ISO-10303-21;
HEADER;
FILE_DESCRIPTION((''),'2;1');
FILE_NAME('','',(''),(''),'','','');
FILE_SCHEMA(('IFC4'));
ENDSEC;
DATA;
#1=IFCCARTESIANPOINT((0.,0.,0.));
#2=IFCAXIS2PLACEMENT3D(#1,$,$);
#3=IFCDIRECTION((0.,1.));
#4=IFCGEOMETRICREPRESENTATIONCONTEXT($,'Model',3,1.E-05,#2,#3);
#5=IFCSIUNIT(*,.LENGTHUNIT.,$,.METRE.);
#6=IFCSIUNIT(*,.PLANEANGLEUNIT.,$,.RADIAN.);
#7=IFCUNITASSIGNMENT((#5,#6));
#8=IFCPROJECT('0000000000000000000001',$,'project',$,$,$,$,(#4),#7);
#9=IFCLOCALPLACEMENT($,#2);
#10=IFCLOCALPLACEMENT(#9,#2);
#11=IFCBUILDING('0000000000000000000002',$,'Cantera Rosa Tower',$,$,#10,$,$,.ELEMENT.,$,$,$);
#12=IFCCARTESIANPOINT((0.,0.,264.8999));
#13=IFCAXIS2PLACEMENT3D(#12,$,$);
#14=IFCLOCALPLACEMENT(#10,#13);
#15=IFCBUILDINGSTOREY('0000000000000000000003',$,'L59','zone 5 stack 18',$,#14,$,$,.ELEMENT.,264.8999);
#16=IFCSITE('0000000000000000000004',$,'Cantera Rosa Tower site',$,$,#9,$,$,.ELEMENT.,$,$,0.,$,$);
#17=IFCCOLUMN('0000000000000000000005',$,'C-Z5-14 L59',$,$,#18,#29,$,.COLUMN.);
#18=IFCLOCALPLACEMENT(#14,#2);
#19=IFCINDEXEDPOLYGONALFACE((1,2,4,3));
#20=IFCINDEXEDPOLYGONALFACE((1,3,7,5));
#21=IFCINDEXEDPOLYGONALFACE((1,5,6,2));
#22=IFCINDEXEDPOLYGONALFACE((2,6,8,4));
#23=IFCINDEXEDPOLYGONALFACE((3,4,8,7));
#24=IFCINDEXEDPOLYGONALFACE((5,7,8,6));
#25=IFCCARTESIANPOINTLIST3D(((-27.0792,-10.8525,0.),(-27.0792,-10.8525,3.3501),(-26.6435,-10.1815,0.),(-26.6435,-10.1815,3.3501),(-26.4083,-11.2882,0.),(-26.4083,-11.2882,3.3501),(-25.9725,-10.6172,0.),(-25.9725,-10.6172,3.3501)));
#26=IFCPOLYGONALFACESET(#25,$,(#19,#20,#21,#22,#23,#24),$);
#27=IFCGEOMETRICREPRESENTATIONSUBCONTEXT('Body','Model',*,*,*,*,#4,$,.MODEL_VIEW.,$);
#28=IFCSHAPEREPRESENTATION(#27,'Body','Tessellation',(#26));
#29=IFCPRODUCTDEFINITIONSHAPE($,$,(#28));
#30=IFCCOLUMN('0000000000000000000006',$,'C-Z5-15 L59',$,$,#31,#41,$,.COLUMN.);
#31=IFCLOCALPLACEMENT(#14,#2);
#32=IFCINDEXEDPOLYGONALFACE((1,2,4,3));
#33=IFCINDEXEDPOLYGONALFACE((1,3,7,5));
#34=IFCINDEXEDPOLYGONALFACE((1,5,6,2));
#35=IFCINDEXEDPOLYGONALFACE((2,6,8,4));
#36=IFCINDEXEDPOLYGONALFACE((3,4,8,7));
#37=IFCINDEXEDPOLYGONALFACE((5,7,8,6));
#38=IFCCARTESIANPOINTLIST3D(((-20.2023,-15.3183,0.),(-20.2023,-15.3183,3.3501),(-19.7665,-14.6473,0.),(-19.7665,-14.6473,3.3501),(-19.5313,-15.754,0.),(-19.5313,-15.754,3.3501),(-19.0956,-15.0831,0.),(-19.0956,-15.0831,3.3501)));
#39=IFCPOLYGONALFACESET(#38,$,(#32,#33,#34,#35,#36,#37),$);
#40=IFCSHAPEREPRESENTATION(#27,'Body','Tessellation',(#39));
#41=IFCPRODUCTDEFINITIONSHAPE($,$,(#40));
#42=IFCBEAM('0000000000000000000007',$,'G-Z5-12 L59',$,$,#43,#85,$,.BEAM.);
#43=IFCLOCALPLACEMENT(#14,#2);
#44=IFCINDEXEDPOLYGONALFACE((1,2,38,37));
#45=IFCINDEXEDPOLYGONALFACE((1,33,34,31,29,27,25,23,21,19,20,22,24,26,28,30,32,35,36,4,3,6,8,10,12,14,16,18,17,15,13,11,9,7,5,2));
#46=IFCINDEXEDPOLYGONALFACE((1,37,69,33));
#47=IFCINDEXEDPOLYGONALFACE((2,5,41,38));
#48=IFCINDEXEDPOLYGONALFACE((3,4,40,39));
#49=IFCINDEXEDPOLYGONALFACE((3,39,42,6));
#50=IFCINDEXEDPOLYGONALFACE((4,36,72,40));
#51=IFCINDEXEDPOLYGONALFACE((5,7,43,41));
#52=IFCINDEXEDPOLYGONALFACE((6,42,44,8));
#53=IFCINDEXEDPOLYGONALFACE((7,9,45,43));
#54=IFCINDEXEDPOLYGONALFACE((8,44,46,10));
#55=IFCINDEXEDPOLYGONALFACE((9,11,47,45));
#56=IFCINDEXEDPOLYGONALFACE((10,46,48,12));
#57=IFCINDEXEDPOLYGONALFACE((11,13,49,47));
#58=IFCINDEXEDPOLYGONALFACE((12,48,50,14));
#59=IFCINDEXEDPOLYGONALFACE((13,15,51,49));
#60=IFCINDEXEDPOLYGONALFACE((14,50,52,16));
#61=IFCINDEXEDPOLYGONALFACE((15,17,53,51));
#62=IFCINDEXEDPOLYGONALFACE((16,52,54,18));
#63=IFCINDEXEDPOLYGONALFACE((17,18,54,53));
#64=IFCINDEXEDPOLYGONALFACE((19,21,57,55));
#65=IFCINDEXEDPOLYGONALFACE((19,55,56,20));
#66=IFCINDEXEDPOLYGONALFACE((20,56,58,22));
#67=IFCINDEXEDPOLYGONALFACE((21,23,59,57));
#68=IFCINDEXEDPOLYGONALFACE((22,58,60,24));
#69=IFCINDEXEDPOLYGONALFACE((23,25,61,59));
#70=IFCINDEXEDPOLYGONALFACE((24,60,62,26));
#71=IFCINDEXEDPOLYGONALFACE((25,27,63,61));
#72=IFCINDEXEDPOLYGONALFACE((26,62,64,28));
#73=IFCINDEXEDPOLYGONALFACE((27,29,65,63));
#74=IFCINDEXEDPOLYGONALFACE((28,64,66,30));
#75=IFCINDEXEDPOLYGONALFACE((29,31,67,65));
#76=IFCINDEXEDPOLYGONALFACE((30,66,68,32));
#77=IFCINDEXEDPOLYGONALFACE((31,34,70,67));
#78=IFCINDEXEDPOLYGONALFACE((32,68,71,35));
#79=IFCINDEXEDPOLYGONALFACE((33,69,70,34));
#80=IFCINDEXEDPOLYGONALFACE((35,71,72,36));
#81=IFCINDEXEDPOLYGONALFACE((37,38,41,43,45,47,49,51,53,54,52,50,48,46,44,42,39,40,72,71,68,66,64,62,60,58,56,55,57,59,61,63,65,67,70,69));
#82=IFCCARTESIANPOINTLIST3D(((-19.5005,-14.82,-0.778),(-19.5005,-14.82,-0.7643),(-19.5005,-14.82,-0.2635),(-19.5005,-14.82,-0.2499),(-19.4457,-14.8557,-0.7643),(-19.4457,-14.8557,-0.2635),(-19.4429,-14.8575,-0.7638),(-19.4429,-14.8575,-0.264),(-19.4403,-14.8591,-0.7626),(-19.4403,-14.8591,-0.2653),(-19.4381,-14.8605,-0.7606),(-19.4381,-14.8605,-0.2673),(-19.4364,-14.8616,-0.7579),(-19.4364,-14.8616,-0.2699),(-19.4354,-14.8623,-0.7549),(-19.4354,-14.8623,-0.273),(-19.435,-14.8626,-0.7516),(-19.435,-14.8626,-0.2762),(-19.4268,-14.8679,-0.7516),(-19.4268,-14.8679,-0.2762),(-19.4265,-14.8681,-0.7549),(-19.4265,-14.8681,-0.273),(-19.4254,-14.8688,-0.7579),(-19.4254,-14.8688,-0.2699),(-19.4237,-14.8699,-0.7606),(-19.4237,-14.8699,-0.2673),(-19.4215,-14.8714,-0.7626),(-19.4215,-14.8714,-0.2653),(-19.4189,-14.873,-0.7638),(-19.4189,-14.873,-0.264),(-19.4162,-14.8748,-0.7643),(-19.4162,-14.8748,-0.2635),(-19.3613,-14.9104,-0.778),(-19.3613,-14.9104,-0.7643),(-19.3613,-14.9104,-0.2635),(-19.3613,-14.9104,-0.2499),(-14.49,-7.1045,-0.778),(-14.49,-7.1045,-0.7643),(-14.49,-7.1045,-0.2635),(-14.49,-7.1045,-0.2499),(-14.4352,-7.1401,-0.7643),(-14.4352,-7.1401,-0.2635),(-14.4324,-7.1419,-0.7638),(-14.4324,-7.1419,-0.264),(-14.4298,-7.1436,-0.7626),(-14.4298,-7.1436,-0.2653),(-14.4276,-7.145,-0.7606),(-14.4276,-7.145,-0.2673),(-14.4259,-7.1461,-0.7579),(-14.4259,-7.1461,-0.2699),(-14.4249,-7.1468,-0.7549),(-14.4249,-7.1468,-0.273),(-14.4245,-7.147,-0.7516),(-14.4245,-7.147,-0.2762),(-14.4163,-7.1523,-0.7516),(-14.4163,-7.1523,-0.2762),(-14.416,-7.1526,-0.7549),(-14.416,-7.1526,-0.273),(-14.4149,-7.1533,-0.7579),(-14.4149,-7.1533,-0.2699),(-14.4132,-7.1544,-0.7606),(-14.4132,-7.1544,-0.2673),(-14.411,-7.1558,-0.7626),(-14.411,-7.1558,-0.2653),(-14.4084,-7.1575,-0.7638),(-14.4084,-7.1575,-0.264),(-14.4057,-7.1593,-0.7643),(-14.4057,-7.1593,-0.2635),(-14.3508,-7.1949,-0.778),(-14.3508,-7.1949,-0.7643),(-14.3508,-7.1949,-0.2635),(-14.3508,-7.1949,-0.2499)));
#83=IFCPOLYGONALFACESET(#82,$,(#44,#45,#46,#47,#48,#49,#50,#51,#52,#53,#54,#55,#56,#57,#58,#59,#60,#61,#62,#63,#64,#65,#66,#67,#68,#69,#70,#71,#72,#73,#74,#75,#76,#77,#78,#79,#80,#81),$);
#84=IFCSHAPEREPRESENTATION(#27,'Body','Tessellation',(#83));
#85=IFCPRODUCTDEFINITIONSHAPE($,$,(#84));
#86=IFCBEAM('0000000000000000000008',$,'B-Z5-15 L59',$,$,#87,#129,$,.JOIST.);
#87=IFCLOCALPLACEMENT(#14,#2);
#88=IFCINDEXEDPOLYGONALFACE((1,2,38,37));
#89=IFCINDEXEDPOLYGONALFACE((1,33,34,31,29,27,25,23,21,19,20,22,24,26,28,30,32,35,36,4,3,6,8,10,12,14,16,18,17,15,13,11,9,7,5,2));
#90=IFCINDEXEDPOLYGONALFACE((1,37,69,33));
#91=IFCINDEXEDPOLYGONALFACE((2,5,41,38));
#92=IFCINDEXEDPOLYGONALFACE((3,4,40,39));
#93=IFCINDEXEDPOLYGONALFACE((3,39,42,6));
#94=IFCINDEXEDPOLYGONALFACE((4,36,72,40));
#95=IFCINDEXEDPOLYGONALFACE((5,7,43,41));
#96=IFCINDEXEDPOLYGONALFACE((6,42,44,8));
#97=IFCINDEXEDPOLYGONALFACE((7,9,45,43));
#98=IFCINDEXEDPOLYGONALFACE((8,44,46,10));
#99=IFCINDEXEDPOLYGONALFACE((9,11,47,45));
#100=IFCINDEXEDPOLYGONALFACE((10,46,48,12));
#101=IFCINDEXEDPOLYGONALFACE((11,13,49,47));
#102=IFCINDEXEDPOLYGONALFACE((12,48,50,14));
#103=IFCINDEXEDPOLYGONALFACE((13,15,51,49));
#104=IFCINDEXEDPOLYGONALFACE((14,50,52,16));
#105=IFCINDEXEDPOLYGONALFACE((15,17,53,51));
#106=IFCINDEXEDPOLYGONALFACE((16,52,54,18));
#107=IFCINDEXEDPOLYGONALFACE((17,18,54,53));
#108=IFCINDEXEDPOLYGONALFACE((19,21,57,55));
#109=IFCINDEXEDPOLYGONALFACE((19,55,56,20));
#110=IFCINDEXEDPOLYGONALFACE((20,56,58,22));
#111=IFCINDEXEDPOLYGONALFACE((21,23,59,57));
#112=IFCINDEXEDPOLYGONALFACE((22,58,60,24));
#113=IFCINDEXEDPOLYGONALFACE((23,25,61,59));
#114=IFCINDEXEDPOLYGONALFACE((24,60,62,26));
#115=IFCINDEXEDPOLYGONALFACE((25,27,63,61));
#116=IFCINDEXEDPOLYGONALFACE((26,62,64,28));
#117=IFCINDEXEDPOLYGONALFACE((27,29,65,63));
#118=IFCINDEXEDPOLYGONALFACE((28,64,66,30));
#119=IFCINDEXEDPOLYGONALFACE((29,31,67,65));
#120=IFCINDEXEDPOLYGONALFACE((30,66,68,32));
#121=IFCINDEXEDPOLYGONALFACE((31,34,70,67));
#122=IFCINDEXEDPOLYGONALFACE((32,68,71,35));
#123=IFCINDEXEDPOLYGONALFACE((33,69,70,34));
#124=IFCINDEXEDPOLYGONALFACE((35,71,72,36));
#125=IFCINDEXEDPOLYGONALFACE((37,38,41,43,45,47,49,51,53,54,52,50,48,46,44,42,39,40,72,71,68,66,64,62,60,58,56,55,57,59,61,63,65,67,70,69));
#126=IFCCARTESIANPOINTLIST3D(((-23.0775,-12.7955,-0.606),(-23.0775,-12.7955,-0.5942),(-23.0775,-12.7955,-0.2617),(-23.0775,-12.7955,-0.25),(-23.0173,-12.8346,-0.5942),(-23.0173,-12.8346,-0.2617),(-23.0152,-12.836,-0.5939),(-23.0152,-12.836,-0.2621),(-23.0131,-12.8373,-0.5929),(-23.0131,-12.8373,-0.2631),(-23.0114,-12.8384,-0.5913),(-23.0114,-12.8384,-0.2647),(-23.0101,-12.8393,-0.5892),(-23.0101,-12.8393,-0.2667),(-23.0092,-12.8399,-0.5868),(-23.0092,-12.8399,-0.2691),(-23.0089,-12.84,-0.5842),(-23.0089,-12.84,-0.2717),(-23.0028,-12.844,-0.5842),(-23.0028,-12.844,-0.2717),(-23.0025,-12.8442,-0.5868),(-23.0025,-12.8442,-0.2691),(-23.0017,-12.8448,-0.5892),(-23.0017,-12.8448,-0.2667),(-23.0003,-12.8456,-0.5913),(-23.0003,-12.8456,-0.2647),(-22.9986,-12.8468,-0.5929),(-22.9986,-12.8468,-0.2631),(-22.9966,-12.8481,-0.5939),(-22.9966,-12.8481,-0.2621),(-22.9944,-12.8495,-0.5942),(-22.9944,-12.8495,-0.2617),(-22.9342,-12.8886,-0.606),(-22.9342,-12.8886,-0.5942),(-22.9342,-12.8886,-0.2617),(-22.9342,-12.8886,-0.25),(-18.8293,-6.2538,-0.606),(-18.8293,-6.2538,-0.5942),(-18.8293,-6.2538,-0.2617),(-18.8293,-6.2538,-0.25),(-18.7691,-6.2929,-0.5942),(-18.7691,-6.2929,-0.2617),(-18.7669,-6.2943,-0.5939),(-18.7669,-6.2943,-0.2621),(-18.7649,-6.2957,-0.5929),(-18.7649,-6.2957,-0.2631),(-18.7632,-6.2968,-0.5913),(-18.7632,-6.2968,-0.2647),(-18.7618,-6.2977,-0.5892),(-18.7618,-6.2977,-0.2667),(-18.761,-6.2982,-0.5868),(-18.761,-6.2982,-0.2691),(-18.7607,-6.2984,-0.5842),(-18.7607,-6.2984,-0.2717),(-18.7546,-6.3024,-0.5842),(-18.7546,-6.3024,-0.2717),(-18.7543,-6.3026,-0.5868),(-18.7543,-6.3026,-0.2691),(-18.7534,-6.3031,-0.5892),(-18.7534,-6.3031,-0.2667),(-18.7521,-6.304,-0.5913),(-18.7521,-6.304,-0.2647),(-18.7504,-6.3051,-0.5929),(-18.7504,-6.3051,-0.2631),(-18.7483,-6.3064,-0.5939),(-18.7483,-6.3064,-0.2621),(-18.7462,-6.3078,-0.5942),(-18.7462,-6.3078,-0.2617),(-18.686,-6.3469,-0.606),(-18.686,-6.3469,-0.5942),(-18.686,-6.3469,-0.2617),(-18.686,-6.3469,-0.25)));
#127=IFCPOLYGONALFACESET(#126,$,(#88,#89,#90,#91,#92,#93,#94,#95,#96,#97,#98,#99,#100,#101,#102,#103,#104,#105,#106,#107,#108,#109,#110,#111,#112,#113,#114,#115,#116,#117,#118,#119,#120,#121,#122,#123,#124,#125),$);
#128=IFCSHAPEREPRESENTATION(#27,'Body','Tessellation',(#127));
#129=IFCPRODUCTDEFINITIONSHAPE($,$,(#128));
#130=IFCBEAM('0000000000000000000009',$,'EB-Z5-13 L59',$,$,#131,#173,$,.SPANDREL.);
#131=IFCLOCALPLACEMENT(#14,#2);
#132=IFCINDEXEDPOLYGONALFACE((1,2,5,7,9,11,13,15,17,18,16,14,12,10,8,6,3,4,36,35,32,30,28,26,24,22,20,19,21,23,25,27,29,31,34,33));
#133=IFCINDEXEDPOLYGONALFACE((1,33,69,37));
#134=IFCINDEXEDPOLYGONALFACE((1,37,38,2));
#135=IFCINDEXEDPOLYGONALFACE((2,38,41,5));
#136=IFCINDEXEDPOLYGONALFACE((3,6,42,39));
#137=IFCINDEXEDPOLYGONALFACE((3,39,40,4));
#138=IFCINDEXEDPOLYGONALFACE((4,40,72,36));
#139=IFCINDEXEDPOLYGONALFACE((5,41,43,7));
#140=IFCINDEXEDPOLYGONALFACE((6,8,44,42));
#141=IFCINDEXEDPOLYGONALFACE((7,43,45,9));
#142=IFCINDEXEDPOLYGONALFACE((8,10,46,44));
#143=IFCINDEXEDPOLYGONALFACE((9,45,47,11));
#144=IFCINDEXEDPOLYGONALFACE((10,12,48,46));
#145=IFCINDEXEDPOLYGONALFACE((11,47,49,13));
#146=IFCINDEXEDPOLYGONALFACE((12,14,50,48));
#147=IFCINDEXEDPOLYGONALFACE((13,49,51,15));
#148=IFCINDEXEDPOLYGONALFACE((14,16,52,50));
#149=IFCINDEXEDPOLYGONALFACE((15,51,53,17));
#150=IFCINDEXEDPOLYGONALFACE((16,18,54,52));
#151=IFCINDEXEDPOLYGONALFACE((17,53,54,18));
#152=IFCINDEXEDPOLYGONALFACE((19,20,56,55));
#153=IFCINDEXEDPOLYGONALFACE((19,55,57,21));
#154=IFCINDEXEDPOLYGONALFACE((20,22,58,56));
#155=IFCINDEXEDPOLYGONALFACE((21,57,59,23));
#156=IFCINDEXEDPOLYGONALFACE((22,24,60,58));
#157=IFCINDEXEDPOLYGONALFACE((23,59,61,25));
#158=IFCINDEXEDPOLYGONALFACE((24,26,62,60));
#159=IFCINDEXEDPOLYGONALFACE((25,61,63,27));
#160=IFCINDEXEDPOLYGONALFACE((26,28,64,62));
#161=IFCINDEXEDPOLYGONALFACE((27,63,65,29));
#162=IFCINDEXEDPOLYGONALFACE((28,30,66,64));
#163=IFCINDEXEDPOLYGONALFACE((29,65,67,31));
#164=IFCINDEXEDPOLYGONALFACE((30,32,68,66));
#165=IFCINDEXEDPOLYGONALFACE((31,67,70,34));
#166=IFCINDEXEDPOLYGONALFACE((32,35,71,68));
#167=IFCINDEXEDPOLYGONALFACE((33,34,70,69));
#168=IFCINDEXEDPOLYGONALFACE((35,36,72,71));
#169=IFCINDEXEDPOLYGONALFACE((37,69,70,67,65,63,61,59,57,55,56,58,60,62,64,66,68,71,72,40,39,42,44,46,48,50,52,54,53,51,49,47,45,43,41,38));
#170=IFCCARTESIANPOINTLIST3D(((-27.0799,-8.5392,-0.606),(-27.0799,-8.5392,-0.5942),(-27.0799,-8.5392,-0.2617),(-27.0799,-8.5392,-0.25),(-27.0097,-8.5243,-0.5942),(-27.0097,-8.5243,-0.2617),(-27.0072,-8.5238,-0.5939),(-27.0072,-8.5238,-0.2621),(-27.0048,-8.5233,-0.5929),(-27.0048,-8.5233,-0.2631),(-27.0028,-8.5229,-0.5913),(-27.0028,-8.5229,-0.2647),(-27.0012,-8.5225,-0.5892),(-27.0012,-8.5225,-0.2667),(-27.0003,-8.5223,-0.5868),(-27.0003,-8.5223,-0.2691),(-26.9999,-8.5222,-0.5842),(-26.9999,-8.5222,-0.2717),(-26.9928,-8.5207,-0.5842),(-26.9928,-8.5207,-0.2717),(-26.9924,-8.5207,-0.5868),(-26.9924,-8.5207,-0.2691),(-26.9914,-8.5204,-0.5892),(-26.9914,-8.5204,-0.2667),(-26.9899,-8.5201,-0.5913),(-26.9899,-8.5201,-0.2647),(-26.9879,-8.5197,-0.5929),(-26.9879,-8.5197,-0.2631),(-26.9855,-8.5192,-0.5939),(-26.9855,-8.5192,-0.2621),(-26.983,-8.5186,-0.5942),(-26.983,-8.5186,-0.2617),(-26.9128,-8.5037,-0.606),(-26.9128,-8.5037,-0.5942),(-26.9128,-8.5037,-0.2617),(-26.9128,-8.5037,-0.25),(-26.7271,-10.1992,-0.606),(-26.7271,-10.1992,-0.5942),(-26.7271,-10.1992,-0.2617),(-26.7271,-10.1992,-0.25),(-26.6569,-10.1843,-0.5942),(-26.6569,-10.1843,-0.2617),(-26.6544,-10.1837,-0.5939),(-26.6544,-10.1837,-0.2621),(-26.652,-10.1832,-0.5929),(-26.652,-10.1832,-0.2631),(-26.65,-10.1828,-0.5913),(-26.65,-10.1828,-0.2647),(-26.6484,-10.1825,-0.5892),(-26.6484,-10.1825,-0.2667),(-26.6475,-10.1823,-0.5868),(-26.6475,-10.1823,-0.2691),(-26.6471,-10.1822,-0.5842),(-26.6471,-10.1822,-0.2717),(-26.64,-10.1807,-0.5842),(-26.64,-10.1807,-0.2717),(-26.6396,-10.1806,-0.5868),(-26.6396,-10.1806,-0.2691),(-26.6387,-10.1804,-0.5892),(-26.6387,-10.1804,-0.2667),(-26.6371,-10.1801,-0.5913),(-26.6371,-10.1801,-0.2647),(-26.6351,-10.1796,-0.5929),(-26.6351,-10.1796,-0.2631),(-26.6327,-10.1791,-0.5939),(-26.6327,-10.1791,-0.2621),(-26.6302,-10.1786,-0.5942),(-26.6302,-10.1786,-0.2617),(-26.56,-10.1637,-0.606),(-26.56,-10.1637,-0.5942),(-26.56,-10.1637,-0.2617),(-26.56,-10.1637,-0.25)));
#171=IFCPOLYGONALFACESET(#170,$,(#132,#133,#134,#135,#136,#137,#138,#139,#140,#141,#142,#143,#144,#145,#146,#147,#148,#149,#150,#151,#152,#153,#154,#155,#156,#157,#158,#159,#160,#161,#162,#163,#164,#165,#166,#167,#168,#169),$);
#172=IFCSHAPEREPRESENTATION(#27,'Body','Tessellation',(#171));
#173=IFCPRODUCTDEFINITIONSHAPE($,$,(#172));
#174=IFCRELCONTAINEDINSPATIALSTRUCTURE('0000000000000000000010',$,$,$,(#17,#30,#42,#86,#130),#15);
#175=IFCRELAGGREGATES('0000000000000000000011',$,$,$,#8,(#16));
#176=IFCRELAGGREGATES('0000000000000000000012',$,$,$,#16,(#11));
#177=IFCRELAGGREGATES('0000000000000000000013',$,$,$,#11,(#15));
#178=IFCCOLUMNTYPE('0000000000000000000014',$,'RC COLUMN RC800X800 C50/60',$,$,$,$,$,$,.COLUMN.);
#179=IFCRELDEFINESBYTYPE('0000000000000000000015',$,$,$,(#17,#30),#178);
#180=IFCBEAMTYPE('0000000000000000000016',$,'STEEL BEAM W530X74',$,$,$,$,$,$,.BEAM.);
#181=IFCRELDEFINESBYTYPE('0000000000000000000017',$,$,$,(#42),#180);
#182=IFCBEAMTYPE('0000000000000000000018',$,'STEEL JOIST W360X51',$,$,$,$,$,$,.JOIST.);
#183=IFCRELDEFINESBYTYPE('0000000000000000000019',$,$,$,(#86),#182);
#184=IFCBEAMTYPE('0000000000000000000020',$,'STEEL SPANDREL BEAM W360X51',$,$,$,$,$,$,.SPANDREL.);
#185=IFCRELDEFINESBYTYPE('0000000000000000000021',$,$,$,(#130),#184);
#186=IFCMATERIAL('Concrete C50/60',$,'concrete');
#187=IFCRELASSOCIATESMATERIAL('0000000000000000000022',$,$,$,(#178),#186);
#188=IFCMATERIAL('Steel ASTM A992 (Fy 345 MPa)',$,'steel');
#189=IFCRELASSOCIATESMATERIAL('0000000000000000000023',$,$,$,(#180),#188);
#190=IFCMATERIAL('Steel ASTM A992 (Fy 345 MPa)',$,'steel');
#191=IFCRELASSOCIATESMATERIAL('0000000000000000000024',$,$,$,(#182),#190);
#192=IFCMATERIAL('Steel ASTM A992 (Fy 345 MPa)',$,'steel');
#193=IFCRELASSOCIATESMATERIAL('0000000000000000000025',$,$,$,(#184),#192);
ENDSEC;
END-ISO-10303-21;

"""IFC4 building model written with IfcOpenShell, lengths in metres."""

from ifc_helpers import new_model, si_unit, direction, frame, origin, origin_2d, place, context, subcontext, project, spatial, rectangle, i_section, extrude, material, material_profile, profile_set, type_object, element, save


model = new_model("IFC4")

# Units and contexts
model_context = context("Model", 3, precision=1e-05, world=origin(), true_north=direction((0.0, 1.0)))
body_context = subcontext(model_context, "Body", "Model", "MODEL_VIEW")
ifc_project = project(units=[si_unit("LENGTHUNIT", "METRE"), si_unit("PLANEANGLEUNIT", "RADIAN")], contexts=[model_context])

# Site, building, storey
site_placement = place(None, origin())
site = spatial("IfcSite", under=ifc_project, at=site_placement, Name="Cantera Rosa Tower site", CompositionType="ELEMENT", RefElevation=0.0)
building_placement = place(site_placement, origin())
building = spatial("IfcBuilding", under=site, at=building_placement, Name="Cantera Rosa Tower", CompositionType="ELEMENT")
storey_placement = place(building_placement, frame((0.0, 0.0, 264.8999)))
storey = spatial("IfcBuildingStorey", under=building, at=storey_placement, Name="L59", Description="zone 5 stack 18", CompositionType="ELEMENT", Elevation=264.8999)

# Columns
ifc_material_1 = material(Name="Concrete C50/60", Category="concrete")
ifc_material_profile_1 = material_profile(ifc_material_1, rectangle(XDim=0.8, YDim=0.8, at=origin_2d()), Name="RC COLUMN RC800X800 C50/60")
ifc_profile_set_1 = profile_set([ifc_material_profile_1], Name="Concrete C50/60")
column_type = type_object("IfcColumnType", Name="RC COLUMN RC800X800 C50/60", PredefinedType="COLUMN", material=ifc_profile_set_1)
for number, where, z_axis, x_axis, name in (
    (1, (-26.5259, -10.7349, 0.0), (0.0, 0.0, 1.0), (0.544639, 0.838671, 0.0), "C-Z5-14 L59"),
    (2, (-19.6489, -15.2007, 0.0), (0.0, 0.0, 1.0), (0.544639, 0.838671, 0.0), "C-Z5-15 L59"),
):
    element("IfcColumn", number, at=place(storey_placement, frame(where, z_axis=z_axis, x_axis=x_axis)), inside=storey, type_object=column_type, Name=name, PredefinedType="COLUMN", context=body_context, shape_type="SweptSolid", body=[
        extrude(rectangle(XDim=0.8, YDim=0.8, at=origin_2d()), origin(), (0.0, 0.0, 1.0), 3.3501),
    ])

# Beams
ifc_material_2 = material(Name="Steel ASTM A992 (Fy 345 MPa)", Category="steel")
ifc_material_profile_2 = material_profile(ifc_material_2, i_section(OverallWidth=0.166, OverallDepth=0.5281, WebThickness=0.0098, FlangeThickness=0.0137, FilletRadius=0.0127, at=origin_2d()), Name="W530X74")
ifc_profile_set_2 = profile_set([ifc_material_profile_2], Name="Steel ASTM A992 (Fy 345 MPa)")
beam_type_1 = type_object("IfcBeamType", Name="STEEL BEAM W530X74", PredefinedType="BEAM", material=ifc_profile_set_2)
beam_1_placement = place(storey_placement, frame((-19.4309, -14.8652, -0.5139), z_axis=(0.544635, 0.838673, 0.0), x_axis=(-0.838673, 0.544635, 0.0)))
element("IfcBeam", 3, at=beam_1_placement, inside=storey, type_object=beam_type_1, Name="G-Z5-12 L59", PredefinedType="BEAM", context=body_context, shape_type="SweptSolid", body=[
    extrude(i_section(OverallWidth=0.166, OverallDepth=0.5281, WebThickness=0.0098, FlangeThickness=0.0137, FilletRadius=0.0127, at=origin_2d()), origin(), (0.0, 0.0, 1.0), 9.1997),
])
ifc_material_3 = material(Name="Steel ASTM A992 (Fy 345 MPa)", Category="steel")
ifc_material_profile_3 = material_profile(ifc_material_3, i_section(OverallWidth=0.1709, OverallDepth=0.356, WebThickness=0.0073, FlangeThickness=0.0117, FilletRadius=0.01, at=origin_2d()), Name="W360X51")
ifc_profile_set_3 = profile_set([ifc_material_profile_3], Name="Steel ASTM A992 (Fy 345 MPa)")
beam_type_2 = type_object("IfcBeamType", Name="STEEL JOIST W360X51", PredefinedType="JOIST", material=ifc_profile_set_3)
beam_2_placement = place(storey_placement, frame((-23.0059, -12.842, -0.428), z_axis=(0.544642, 0.838669, 0.0), x_axis=(-0.838669, 0.544642, 0.0)))
element("IfcBeam", 4, at=beam_2_placement, inside=storey, type_object=beam_type_2, Name="B-Z5-15 L59", PredefinedType="JOIST", context=body_context, shape_type="SweptSolid", body=[
    extrude(i_section(OverallWidth=0.1709, OverallDepth=0.356, WebThickness=0.0073, FlangeThickness=0.0117, FilletRadius=0.01, at=origin_2d()), origin(), (0.0, 0.0, 1.0), 7.8),
])
ifc_material_4 = material(Name="Steel ASTM A992 (Fy 345 MPa)", Category="steel")
ifc_material_profile_4 = material_profile(ifc_material_4, i_section(OverallWidth=0.1709, OverallDepth=0.356, WebThickness=0.0073, FlangeThickness=0.0117, FilletRadius=0.01, at=origin_2d()), Name="W360X51")
ifc_profile_set_4 = profile_set([ifc_material_profile_4], Name="Steel ASTM A992 (Fy 345 MPa)")
beam_type_3 = type_object("IfcBeamType", Name="STEEL SPANDREL BEAM W360X51", PredefinedType="SPANDREL", material=ifc_profile_set_4)
beam_3_placement = place(storey_placement, frame((-26.9963, -8.5215, -0.428), z_axis=(0.207888, -0.978153, 0.0), x_axis=(0.978153, 0.207888, 0.0)))
element("IfcBeam", 5, at=beam_3_placement, inside=storey, type_object=beam_type_3, Name="EB-Z5-13 L59", PredefinedType="SPANDREL", context=body_context, shape_type="SweptSolid", body=[
    extrude(i_section(OverallWidth=0.1709, OverallDepth=0.356, WebThickness=0.0073, FlangeThickness=0.0117, FilletRadius=0.01, at=origin_2d()), origin(), (0.0, 0.0, 1.0), 1.697),
])

save(model, "model.ifc")
